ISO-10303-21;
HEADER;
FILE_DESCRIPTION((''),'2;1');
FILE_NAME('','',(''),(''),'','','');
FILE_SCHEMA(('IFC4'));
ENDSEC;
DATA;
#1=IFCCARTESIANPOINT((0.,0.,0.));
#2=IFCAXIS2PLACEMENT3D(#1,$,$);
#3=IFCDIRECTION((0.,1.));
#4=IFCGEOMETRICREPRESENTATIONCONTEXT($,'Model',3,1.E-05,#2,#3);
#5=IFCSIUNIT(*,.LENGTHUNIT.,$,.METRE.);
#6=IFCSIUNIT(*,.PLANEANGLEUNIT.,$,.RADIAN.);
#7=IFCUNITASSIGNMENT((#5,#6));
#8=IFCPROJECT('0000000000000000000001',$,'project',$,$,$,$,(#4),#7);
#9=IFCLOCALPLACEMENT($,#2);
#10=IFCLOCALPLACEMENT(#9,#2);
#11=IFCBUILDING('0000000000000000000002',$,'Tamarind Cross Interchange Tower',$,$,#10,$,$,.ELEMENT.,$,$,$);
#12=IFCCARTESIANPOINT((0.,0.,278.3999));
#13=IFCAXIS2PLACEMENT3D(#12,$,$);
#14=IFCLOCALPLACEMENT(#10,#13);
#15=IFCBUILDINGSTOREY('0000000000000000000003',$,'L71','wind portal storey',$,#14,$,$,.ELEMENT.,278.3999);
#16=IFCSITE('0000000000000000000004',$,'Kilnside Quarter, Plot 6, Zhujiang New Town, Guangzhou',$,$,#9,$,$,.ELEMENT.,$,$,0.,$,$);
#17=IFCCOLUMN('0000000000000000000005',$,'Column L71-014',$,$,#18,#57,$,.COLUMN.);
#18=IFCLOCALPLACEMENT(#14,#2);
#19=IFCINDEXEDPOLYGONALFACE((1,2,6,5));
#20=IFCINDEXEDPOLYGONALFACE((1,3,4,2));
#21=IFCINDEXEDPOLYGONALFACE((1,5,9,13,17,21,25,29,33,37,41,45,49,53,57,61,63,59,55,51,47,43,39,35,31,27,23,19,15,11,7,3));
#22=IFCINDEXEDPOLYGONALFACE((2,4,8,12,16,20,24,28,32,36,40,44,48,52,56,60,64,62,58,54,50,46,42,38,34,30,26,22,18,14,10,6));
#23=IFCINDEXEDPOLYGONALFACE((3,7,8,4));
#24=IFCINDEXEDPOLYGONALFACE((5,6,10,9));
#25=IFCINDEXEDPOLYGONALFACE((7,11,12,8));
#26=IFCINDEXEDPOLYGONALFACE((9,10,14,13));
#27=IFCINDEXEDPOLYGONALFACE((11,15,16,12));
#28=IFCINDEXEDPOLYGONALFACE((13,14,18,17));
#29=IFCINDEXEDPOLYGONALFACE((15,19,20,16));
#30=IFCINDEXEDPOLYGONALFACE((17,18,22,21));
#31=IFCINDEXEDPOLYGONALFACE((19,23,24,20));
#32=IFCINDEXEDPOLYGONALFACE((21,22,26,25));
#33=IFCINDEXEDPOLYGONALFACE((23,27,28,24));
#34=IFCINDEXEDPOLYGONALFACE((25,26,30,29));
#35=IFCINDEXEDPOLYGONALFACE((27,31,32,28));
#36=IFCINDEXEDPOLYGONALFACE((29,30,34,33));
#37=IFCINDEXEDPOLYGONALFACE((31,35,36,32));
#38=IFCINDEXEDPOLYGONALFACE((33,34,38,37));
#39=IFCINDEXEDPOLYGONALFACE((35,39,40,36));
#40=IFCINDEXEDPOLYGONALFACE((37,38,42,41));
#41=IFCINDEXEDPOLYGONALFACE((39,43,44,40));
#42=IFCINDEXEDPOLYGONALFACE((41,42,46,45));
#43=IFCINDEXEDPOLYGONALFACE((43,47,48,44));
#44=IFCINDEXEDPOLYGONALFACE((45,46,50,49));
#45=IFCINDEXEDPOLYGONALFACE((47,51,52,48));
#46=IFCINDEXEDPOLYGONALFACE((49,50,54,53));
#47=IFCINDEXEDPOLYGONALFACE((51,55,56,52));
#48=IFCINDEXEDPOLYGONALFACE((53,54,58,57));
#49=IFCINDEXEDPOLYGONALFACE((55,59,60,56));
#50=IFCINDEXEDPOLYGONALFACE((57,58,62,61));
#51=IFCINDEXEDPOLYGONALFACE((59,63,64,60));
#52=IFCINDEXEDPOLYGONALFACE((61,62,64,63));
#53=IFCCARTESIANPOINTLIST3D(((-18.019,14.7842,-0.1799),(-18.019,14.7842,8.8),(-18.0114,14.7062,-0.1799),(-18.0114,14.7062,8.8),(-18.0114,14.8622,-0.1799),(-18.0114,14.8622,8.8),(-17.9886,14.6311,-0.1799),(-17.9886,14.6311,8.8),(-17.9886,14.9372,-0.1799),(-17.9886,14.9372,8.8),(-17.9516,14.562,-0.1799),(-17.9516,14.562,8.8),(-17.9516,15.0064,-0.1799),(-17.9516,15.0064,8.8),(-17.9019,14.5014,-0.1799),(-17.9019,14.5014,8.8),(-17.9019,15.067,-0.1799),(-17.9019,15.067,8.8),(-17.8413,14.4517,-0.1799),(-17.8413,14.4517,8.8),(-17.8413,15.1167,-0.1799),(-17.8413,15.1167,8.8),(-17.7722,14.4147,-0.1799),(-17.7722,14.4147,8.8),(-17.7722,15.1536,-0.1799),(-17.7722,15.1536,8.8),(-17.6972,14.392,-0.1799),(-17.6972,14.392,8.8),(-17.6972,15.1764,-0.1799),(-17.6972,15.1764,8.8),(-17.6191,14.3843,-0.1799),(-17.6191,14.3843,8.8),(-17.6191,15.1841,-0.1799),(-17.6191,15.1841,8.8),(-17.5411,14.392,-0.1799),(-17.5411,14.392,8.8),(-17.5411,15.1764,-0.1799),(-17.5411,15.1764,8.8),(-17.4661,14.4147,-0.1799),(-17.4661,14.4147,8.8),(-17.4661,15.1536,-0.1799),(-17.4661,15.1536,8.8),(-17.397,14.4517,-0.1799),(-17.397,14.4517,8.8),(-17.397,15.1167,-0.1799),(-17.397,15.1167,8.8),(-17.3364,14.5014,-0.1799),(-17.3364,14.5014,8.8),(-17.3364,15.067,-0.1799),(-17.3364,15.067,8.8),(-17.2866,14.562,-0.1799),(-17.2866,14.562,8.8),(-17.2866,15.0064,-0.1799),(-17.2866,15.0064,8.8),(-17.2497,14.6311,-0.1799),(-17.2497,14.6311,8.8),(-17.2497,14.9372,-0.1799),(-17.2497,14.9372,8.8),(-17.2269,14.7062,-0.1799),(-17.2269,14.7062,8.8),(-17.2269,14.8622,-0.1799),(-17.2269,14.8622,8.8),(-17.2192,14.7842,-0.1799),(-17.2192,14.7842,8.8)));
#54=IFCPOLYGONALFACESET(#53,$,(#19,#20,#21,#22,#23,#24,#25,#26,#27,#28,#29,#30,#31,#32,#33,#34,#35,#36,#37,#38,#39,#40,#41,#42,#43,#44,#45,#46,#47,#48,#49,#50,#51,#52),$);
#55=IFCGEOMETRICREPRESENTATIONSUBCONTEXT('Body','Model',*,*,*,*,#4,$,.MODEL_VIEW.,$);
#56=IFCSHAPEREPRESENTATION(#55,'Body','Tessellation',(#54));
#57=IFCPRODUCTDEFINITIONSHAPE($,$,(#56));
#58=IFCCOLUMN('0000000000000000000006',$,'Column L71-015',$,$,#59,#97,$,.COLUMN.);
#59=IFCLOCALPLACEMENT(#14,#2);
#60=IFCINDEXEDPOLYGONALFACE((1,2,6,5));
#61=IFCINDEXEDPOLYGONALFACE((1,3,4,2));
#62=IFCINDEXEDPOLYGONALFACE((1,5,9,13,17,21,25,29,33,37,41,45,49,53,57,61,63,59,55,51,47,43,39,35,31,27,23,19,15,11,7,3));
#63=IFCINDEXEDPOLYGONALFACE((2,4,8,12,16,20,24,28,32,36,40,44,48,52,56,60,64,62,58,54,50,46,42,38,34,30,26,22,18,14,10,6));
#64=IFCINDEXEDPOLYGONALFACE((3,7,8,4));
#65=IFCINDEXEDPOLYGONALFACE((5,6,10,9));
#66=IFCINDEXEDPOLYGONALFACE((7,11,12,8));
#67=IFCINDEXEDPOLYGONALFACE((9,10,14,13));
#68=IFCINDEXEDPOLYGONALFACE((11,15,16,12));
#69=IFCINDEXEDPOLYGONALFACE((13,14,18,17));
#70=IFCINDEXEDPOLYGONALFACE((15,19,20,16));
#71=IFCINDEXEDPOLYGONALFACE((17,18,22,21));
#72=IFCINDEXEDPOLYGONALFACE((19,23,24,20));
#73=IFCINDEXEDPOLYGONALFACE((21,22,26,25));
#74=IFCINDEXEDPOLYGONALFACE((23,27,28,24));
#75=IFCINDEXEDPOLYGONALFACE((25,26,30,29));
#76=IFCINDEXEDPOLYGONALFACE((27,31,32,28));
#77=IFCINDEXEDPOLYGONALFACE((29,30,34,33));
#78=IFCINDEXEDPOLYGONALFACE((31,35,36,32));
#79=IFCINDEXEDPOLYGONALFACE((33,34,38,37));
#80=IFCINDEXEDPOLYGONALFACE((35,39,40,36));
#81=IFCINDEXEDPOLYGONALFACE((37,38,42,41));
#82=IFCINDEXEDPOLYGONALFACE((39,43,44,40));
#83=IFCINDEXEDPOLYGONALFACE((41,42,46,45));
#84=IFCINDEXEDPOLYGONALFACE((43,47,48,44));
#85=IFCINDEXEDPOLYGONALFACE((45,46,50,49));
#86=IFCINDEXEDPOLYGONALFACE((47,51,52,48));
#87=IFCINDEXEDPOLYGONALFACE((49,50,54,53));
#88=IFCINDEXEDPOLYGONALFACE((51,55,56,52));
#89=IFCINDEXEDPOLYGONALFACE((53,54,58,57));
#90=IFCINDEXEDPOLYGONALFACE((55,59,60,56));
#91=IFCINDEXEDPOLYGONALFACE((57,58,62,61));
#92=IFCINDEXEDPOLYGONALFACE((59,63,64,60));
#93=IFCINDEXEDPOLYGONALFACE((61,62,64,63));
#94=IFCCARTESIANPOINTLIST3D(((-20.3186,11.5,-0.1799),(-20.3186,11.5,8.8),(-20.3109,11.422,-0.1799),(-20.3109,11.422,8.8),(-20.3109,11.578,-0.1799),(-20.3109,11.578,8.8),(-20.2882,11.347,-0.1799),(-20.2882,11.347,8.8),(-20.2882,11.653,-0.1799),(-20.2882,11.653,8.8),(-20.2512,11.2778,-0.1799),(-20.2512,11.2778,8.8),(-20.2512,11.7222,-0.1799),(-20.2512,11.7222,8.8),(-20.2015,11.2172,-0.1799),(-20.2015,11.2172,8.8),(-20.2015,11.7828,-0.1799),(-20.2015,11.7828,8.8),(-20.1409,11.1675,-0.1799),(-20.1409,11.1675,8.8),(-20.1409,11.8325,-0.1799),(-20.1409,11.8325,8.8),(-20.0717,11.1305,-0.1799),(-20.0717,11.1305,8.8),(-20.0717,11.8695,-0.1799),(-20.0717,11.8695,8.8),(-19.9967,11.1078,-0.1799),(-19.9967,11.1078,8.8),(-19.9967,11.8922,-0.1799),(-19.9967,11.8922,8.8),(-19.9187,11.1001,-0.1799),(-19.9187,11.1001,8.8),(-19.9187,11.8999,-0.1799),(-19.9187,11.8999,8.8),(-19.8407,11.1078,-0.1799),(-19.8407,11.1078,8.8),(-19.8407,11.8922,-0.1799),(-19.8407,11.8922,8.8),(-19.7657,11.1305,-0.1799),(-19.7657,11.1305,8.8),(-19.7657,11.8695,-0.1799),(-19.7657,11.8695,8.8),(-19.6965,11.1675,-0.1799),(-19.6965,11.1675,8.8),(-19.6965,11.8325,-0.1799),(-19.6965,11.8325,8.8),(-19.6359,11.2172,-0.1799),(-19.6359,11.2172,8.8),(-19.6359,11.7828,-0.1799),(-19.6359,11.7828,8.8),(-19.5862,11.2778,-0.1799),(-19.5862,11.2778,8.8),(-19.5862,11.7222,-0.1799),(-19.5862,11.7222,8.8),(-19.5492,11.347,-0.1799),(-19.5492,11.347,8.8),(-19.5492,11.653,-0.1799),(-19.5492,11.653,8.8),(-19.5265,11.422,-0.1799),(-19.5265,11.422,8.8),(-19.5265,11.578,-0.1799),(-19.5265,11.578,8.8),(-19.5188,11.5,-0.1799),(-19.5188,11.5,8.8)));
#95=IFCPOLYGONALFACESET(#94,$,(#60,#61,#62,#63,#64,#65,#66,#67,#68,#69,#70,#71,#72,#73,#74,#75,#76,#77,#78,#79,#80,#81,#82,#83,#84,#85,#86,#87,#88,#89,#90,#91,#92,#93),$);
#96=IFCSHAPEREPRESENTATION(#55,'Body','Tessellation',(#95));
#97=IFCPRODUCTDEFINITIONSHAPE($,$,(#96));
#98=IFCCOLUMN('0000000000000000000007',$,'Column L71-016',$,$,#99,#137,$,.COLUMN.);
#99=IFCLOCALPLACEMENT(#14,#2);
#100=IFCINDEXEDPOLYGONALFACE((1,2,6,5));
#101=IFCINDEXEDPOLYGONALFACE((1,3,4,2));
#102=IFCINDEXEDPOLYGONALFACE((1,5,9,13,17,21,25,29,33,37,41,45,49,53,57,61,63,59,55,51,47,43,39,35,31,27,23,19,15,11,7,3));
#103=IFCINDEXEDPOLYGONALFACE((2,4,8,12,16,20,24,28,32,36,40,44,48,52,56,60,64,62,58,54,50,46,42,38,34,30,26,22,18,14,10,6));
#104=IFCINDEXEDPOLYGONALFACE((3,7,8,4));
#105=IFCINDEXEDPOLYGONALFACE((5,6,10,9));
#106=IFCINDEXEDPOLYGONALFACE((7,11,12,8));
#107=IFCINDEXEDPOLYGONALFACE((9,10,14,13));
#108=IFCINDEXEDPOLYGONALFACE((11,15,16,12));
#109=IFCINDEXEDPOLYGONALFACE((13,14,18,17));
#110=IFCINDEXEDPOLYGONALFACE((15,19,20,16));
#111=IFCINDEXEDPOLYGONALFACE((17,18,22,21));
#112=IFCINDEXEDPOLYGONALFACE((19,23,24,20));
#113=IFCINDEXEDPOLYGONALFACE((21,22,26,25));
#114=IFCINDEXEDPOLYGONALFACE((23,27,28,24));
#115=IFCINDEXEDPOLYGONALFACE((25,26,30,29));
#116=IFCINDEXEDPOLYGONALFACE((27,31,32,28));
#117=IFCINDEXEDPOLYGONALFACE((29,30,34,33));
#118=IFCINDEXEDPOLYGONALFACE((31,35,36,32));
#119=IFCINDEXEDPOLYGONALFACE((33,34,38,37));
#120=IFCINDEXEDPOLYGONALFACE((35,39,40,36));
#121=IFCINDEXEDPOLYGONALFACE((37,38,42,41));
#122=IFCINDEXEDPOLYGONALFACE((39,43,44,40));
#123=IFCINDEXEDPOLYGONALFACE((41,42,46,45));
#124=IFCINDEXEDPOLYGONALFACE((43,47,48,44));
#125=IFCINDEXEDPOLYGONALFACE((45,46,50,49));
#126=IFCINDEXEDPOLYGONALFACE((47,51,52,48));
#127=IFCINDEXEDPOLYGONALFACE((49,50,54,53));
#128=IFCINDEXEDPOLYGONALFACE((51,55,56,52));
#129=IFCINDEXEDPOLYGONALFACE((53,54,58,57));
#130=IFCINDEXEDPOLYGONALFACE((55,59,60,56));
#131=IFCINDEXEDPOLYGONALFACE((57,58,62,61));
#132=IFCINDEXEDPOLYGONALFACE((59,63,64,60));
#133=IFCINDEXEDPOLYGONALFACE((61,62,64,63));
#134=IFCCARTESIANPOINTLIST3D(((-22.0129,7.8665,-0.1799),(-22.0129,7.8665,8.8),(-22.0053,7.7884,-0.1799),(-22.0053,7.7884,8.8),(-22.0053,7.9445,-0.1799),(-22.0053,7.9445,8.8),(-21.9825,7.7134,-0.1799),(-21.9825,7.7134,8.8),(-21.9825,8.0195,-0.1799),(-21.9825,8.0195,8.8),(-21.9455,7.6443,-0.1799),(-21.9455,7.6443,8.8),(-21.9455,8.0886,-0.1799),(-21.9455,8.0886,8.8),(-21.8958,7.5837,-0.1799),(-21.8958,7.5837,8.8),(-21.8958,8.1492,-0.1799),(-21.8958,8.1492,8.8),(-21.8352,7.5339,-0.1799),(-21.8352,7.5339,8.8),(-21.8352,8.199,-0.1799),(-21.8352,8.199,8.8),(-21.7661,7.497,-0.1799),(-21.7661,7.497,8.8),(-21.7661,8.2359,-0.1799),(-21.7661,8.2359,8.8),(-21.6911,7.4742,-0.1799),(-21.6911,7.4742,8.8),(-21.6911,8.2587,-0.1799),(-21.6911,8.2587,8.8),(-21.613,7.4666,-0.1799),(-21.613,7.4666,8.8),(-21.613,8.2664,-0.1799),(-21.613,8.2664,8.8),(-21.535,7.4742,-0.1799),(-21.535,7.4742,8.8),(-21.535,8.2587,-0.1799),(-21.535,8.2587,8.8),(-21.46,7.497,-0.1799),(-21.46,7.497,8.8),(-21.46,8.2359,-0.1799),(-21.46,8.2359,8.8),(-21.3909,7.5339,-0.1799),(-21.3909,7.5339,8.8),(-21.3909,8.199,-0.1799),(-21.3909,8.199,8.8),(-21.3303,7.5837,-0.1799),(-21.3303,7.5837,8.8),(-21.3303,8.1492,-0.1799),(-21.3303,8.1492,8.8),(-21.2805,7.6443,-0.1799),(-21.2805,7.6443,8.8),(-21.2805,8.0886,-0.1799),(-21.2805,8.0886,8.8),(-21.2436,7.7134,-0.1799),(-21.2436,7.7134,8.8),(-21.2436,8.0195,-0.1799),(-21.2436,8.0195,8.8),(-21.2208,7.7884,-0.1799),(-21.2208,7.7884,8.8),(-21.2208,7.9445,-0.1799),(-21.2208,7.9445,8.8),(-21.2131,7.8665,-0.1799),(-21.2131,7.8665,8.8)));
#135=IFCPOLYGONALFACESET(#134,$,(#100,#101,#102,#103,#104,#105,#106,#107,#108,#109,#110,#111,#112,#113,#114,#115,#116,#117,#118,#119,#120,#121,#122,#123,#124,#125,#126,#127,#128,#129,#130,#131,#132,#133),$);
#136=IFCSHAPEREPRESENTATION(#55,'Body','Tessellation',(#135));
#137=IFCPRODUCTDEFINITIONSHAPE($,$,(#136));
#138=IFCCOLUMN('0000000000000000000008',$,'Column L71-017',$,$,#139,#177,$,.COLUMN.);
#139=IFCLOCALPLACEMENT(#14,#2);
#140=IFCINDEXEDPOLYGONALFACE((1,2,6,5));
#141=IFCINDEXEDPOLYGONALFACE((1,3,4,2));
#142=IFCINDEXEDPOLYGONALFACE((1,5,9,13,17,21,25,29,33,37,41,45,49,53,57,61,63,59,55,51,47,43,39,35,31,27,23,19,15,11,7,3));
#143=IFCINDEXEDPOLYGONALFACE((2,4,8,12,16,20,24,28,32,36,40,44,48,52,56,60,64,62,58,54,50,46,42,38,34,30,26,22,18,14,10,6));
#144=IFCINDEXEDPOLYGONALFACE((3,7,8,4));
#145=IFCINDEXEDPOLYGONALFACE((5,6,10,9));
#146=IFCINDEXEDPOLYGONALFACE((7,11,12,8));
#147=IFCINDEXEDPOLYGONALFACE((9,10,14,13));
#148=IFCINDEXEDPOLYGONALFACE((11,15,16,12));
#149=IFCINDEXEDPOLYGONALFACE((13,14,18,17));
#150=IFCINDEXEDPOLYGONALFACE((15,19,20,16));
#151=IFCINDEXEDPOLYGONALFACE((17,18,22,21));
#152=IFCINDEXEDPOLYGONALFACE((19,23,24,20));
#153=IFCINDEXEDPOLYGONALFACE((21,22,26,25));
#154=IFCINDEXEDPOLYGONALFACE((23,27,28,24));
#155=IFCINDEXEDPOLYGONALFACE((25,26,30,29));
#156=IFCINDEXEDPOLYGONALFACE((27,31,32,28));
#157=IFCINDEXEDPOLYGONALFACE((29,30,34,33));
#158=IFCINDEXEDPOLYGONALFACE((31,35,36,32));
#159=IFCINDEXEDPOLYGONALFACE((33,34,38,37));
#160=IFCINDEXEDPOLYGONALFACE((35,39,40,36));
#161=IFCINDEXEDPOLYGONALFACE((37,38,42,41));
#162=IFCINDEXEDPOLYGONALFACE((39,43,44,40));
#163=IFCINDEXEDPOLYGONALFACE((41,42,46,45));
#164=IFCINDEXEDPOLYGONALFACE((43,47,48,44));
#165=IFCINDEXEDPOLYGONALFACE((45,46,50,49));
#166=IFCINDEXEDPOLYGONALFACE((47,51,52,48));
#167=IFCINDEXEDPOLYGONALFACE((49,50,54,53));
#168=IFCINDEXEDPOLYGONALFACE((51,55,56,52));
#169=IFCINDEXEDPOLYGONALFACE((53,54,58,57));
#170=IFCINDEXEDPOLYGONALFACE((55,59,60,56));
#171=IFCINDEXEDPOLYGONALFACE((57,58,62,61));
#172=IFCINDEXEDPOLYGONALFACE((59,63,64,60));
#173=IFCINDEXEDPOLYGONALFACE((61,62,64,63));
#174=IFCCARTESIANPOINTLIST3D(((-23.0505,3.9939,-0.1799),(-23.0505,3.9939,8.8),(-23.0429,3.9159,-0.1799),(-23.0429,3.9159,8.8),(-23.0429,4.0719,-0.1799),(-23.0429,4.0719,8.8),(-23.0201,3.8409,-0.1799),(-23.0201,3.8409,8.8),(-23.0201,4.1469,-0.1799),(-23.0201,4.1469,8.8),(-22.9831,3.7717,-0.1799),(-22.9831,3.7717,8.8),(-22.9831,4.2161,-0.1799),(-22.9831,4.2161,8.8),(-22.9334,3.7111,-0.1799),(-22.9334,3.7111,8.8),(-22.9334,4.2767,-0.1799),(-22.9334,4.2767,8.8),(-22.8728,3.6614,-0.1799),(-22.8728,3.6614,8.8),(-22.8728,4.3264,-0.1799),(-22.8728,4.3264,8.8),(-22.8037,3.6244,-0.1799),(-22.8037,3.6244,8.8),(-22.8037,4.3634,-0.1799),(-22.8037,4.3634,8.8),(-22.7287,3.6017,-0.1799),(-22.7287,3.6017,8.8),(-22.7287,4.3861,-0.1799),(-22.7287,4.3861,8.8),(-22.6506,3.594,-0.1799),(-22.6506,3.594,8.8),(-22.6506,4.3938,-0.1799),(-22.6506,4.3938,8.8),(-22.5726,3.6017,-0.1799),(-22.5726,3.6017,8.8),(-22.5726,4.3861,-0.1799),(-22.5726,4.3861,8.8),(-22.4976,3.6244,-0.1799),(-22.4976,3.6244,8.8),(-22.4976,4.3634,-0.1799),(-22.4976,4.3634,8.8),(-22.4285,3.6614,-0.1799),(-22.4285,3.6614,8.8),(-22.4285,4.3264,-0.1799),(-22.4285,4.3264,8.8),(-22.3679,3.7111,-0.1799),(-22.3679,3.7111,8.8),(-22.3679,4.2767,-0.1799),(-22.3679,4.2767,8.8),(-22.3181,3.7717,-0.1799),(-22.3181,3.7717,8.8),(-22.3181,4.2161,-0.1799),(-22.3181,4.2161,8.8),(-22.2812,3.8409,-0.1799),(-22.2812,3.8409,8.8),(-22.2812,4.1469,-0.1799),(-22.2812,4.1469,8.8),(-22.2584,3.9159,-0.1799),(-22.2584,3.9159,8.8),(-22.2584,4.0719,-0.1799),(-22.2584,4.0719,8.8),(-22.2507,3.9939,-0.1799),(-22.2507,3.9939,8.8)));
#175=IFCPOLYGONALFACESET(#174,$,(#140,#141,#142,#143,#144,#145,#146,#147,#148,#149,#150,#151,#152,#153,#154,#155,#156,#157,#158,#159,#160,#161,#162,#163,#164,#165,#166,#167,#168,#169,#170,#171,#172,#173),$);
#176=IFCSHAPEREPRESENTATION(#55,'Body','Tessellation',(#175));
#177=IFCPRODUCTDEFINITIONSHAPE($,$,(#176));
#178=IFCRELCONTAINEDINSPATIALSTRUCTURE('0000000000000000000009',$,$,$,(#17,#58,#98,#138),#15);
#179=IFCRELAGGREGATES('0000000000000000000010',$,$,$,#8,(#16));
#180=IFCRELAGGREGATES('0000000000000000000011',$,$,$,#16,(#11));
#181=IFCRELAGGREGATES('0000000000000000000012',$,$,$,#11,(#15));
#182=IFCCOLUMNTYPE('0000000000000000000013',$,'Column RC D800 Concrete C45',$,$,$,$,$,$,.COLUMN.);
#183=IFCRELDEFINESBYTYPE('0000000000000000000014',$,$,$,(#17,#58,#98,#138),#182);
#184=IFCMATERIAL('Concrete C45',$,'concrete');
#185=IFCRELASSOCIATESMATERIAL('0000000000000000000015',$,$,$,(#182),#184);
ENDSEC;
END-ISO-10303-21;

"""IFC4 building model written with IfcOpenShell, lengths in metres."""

from ifc_helpers import new_model, si_unit, direction, frame, origin, origin_2d, place, context, subcontext, project, spatial, circle, extrude, material, material_profile, profile_set, type_object, element, save


model = new_model("IFC4")

# Units and contexts
model_context = context("Model", 3, precision=1e-05, world=origin(), true_north=direction((0.0, 1.0)))
body_context = subcontext(model_context, "Body", "Model", "MODEL_VIEW")
ifc_project = project(units=[si_unit("LENGTHUNIT", "METRE"), si_unit("PLANEANGLEUNIT", "RADIAN")], contexts=[model_context])

# Site, building, storey
site_placement = place(None, origin())
site = spatial("IfcSite", under=ifc_project, at=site_placement, Name="Kilnside Quarter, Plot 6, Zhujiang New Town, Guangzhou", CompositionType="ELEMENT", RefElevation=0.0)
building_placement = place(site_placement, origin())
building = spatial("IfcBuilding", under=site, at=building_placement, Name="Tamarind Cross Interchange Tower", CompositionType="ELEMENT")
storey_placement = place(building_placement, frame((0.0, 0.0, 278.3999)))
storey = spatial("IfcBuildingStorey", under=building, at=storey_placement, Name="L71", Description="wind portal storey", CompositionType="ELEMENT", Elevation=278.3999)

# Columns
ifc_material_1 = material(Name="Concrete C45", Category="concrete")
ifc_material_profile_1 = material_profile(ifc_material_1, circle(Radius=0.3999, at=origin_2d()), Name="RC D800")
ifc_profile_set_1 = profile_set([ifc_material_profile_1], Name="Concrete C45")
column_type = type_object("IfcColumnType", Name="Column RC D800 Concrete C45", PredefinedType="COLUMN", material=ifc_profile_set_1)
for number, where, z_axis, x_axis, name in (
    (1, (-17.6191, 14.7842, -0.1799), (0.0, 0.0, 1.0), (1.0, 0.0, 0.0), "Column L71-014"),
    (2, (-19.9187, 11.5, -0.1799), (0.0, 0.0, 1.0), (1.0, 0.0, 0.0), "Column L71-015"),
    (3, (-21.613, 7.8665, -0.1799), (0.0, 0.0, 1.0), (1.0, 0.0, 0.0), "Column L71-016"),
    (4, (-22.6506, 3.9939, -0.1799), (0.0, 0.0, 1.0), (1.0, 0.0, 0.0), "Column L71-017"),
):
    element("IfcColumn", number, at=place(storey_placement, frame(where, z_axis=z_axis, x_axis=x_axis)), inside=storey, type_object=column_type, Name=name, PredefinedType="COLUMN", context=body_context, shape_type="SweptSolid", body=[
        extrude(circle(Radius=0.3999, at=origin_2d()), origin(), (0.0, 0.0, 1.0), 8.98),
    ])

save(model, "model.ifc")
